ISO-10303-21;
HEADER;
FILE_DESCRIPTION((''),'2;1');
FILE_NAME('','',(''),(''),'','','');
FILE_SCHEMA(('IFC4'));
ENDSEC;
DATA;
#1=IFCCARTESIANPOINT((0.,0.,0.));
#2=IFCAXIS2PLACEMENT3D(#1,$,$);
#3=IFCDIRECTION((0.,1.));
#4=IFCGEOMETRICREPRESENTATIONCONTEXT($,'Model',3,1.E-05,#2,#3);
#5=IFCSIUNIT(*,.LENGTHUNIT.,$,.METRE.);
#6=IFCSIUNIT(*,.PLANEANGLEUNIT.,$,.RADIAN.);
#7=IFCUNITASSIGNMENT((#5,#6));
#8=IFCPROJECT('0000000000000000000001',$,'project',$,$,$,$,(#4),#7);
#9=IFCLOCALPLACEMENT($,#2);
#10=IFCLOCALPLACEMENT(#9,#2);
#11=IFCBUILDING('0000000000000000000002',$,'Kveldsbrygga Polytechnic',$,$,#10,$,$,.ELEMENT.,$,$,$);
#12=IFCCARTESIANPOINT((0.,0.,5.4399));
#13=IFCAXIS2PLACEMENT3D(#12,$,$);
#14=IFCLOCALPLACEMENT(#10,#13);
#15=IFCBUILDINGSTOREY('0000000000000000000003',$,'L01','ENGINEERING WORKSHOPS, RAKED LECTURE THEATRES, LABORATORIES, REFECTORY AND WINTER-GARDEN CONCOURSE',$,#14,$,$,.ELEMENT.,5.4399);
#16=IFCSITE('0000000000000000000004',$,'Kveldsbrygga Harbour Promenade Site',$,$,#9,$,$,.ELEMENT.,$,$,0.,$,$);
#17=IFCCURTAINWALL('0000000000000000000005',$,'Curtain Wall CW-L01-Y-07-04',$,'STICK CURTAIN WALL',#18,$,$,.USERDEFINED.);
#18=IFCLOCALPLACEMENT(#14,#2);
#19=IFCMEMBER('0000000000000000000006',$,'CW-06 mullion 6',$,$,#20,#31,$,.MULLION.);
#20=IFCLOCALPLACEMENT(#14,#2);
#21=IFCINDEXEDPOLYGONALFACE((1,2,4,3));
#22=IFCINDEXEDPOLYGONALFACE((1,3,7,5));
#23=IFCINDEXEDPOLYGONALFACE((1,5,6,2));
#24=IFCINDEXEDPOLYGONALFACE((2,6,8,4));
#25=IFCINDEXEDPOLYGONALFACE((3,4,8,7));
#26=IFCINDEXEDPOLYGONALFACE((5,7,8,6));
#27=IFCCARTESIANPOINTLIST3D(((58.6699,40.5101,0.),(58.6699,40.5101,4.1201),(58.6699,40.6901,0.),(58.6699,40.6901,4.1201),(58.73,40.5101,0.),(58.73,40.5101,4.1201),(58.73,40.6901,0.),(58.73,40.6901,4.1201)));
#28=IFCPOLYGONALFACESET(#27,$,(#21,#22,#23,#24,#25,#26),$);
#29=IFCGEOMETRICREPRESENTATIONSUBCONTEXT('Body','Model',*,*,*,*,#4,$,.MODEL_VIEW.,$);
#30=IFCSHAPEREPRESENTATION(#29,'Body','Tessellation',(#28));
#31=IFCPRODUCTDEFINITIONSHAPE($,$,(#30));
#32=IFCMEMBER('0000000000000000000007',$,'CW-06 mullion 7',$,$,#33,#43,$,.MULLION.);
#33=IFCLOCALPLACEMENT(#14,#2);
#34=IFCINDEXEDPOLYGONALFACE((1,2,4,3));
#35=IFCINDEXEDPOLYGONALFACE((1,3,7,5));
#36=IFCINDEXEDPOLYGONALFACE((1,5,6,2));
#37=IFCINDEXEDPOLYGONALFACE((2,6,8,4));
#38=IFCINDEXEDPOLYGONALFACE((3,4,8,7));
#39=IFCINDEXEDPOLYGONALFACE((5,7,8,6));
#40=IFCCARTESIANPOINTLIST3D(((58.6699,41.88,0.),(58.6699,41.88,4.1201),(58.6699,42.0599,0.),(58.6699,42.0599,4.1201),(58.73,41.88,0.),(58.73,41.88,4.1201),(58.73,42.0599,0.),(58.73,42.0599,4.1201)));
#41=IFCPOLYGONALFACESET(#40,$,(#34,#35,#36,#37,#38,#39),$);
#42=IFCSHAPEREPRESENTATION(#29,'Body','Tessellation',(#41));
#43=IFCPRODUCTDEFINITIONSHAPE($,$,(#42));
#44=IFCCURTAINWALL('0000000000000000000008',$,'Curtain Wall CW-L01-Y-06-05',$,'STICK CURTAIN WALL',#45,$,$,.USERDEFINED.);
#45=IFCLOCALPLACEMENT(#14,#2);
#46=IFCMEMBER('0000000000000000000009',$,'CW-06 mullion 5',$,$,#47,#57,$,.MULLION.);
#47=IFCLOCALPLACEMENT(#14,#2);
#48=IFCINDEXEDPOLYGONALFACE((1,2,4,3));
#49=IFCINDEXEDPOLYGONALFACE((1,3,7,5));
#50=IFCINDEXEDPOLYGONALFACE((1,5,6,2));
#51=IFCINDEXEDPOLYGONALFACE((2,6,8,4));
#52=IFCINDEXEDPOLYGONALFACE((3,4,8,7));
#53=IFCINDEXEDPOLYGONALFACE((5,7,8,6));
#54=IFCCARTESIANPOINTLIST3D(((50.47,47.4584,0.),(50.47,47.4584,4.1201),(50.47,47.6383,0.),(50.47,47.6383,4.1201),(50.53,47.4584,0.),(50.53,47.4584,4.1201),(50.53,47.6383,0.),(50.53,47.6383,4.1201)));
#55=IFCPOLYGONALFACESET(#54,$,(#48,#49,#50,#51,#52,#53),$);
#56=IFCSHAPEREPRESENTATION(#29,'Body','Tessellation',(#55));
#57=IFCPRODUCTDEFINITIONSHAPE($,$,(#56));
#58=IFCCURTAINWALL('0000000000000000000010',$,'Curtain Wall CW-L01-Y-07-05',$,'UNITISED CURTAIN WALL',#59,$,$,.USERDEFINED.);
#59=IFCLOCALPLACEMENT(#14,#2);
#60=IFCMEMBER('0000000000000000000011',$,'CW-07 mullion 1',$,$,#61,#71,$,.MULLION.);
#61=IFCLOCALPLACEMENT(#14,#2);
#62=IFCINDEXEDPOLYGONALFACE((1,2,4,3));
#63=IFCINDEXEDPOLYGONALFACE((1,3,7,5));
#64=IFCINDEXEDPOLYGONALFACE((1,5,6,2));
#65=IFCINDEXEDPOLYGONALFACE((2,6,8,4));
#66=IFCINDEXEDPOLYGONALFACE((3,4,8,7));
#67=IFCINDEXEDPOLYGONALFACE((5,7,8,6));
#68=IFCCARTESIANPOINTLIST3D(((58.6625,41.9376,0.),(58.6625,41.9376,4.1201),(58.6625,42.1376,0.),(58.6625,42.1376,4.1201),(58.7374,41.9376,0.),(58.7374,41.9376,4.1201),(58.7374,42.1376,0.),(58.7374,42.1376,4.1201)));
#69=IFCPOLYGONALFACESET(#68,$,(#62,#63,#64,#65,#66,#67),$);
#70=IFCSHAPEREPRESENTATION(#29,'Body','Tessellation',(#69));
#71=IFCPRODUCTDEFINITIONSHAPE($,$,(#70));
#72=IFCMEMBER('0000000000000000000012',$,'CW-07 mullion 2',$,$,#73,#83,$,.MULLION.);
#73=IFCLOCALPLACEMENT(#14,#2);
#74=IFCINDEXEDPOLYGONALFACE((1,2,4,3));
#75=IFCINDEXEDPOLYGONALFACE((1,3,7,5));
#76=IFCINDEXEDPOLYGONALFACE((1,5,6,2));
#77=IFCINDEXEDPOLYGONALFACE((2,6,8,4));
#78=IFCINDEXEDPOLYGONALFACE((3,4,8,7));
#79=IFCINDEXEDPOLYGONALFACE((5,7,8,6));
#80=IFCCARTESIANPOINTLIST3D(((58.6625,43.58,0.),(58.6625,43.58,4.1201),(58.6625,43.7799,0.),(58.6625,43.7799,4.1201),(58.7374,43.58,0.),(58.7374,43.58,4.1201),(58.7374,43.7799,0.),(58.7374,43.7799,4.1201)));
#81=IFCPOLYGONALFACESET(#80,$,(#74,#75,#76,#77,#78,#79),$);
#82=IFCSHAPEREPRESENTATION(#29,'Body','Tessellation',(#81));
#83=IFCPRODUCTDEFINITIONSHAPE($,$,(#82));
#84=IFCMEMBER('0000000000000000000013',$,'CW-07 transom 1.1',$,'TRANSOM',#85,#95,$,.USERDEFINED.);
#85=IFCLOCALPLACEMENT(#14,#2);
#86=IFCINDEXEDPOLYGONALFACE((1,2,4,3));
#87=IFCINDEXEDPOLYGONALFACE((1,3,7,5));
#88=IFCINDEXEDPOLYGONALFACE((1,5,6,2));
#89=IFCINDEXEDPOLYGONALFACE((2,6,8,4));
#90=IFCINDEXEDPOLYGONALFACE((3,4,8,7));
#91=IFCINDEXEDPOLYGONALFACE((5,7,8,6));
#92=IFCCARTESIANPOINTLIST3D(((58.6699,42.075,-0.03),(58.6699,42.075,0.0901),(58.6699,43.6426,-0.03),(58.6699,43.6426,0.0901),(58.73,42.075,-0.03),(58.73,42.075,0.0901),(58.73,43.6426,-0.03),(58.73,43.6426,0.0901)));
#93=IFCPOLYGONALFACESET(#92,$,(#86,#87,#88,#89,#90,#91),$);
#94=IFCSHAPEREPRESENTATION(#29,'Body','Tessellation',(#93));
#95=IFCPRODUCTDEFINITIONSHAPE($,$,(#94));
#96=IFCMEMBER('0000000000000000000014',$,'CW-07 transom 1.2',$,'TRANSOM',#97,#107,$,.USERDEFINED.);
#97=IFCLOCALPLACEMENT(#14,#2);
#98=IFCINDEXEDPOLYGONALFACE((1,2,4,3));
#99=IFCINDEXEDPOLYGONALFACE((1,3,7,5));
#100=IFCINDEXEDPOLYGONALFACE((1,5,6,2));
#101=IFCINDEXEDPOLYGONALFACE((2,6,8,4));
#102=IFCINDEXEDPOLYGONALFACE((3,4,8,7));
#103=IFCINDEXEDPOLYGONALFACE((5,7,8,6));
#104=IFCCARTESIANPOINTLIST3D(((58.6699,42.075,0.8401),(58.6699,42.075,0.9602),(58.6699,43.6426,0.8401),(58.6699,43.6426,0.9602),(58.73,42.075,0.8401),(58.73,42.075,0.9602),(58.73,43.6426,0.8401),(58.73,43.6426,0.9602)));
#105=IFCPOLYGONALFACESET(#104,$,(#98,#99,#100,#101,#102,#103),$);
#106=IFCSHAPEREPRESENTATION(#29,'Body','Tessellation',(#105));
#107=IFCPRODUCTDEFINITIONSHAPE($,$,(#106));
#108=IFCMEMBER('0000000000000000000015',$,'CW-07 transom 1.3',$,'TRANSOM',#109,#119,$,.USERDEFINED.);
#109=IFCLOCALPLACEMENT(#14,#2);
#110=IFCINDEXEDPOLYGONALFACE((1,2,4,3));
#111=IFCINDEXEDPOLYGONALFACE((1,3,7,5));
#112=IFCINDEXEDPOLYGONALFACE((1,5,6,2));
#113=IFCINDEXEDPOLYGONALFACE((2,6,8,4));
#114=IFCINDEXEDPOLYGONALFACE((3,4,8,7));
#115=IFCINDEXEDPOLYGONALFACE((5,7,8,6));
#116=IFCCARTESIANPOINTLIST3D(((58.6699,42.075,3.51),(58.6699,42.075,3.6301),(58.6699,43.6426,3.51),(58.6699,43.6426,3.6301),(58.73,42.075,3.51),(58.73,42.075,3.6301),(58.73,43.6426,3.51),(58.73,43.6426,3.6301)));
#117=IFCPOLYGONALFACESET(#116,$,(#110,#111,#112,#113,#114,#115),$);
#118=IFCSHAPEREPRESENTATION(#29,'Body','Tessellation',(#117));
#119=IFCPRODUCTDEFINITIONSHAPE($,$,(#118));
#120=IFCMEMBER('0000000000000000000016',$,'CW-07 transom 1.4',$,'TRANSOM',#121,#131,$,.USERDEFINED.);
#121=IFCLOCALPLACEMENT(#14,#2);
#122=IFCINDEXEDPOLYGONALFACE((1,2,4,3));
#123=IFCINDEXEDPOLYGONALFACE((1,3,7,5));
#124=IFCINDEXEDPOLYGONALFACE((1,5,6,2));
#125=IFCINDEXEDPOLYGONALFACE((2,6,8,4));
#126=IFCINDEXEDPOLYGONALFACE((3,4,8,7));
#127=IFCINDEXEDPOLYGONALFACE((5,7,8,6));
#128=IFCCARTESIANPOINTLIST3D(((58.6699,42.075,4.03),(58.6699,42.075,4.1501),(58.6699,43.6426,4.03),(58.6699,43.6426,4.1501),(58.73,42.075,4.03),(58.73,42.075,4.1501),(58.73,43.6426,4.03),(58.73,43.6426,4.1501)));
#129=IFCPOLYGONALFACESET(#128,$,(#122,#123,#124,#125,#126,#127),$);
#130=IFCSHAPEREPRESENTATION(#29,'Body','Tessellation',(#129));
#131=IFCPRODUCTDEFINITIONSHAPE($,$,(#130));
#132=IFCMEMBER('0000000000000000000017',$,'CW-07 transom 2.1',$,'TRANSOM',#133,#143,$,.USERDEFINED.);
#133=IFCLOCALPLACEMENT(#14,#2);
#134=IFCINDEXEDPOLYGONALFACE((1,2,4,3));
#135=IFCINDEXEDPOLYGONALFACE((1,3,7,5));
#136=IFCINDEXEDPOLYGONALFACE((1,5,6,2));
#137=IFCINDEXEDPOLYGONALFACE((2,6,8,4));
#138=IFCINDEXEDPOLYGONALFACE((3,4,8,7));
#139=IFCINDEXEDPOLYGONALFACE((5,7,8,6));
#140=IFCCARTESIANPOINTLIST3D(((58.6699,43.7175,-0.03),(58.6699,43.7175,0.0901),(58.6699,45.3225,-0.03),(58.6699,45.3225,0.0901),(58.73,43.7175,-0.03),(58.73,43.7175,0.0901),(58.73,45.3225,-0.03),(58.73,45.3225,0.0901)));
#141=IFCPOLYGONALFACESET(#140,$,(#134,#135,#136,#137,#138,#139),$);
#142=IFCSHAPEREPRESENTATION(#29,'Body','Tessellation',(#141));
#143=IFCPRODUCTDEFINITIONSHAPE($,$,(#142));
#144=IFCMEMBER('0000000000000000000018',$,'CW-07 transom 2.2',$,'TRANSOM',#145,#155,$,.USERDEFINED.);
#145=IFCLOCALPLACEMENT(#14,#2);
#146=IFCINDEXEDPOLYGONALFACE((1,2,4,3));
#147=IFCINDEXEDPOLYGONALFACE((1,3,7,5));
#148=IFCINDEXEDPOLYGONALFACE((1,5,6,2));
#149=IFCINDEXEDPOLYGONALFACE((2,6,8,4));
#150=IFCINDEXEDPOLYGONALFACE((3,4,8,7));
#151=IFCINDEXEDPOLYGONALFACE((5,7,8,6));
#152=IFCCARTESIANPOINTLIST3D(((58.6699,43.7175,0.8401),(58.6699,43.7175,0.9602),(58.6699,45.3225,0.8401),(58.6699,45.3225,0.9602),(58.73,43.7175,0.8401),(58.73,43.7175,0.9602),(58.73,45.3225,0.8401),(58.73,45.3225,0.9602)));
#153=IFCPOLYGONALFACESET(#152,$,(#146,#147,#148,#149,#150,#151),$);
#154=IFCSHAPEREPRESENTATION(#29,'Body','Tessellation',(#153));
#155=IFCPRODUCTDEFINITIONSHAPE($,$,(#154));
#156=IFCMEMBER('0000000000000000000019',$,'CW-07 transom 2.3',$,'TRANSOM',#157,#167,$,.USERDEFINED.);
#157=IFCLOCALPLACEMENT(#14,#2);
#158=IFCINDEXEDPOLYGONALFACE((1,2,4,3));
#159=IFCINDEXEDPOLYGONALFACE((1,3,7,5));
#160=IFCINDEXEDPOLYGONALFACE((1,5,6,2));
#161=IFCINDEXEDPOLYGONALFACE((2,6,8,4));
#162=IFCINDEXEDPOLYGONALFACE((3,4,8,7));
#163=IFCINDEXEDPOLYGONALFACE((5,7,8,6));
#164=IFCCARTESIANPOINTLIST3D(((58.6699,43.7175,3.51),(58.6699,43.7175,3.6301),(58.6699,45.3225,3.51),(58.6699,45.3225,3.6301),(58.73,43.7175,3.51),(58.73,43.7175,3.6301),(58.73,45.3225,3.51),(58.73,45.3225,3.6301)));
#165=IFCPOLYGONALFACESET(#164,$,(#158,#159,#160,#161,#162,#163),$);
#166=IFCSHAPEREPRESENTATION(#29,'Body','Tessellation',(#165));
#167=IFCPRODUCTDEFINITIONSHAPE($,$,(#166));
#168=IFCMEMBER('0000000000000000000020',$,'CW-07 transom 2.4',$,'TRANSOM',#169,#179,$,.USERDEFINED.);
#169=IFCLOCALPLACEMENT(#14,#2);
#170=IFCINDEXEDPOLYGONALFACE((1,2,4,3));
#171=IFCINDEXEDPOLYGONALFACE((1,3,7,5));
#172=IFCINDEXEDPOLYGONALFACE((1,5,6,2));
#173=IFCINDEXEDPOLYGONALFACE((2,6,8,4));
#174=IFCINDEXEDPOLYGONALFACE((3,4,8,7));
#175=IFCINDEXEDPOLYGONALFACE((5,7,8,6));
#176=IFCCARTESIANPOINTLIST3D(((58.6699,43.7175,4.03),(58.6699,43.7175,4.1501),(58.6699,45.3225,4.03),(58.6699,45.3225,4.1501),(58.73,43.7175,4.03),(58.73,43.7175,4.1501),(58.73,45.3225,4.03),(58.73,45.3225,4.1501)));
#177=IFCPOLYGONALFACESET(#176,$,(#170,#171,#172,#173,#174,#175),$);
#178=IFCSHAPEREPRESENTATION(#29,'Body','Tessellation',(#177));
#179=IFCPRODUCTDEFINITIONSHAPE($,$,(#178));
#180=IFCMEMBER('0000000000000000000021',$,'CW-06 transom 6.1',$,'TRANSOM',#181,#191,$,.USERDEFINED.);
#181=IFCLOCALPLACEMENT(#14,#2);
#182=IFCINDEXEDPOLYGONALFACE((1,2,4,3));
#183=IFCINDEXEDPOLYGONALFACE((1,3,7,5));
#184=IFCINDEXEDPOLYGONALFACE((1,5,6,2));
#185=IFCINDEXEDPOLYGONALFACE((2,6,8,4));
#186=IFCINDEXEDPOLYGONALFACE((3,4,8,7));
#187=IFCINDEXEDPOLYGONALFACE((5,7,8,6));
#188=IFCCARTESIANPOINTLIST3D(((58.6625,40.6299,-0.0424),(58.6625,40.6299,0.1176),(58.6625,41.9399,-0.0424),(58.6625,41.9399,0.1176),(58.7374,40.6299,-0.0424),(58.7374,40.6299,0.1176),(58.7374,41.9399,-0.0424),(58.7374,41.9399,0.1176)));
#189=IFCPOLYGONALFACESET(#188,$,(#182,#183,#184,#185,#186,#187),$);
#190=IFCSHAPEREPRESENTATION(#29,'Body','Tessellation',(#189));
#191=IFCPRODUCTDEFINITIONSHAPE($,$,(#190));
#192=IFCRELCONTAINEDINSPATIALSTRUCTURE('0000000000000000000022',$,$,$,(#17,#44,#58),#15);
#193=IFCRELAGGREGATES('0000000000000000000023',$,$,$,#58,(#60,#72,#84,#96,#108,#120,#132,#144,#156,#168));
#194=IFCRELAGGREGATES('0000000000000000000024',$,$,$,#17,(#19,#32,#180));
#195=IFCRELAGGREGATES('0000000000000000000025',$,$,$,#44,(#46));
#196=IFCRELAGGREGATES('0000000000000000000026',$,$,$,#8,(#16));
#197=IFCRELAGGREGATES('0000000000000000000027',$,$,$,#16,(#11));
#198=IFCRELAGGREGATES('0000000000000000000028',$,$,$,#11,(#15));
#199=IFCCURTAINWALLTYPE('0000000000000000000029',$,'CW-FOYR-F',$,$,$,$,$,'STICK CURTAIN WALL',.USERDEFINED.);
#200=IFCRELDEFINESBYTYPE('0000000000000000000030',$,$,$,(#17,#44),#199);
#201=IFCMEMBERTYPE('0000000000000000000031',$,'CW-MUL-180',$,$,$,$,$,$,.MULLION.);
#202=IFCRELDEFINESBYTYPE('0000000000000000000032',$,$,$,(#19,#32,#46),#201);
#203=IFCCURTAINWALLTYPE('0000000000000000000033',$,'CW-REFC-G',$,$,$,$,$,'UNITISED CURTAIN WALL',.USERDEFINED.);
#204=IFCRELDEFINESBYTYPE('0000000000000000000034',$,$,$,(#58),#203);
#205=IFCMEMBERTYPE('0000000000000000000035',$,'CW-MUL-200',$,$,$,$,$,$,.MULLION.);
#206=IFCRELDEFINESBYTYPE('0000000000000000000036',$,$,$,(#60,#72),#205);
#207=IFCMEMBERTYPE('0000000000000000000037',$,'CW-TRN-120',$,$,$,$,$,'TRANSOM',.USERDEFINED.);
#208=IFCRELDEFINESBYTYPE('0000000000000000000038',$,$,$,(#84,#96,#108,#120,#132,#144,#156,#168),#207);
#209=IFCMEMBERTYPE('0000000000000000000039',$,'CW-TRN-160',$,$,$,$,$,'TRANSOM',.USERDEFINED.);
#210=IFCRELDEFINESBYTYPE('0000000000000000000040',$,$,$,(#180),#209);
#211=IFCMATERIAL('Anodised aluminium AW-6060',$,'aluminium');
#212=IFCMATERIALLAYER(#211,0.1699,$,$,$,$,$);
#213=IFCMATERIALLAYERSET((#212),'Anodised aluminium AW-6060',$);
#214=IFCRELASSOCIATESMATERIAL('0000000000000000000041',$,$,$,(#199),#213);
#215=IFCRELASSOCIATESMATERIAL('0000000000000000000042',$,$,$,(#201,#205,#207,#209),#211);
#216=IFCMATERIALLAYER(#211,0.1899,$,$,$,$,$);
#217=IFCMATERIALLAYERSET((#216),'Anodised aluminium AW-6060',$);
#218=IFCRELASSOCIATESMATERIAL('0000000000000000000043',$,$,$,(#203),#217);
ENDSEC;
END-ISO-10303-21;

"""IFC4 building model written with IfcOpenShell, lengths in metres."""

from ifc_helpers import new_model, si_unit, direction, frame, origin, origin_2d, place, context, subcontext, project, spatial, rectangle, extrude, material, layer, layer_set, material_profile, profile_set, type_object, element, aggregate, save


model = new_model("IFC4")

# Units and contexts
model_context = context("Model", 3, precision=1e-05, world=origin(), true_north=direction((0.0, 1.0)))
body_context = subcontext(model_context, "Body", "Model", "MODEL_VIEW")
ifc_project = project(units=[si_unit("LENGTHUNIT", "METRE"), si_unit("PLANEANGLEUNIT", "RADIAN")], contexts=[model_context])

# Site, building, storey
site_placement = place(None, origin())
site = spatial("IfcSite", under=ifc_project, at=site_placement, Name="Kveldsbrygga Harbour Promenade Site", CompositionType="ELEMENT", RefElevation=0.0)
building_placement = place(site_placement, origin())
building = spatial("IfcBuilding", under=site, at=building_placement, Name="Kveldsbrygga Polytechnic", CompositionType="ELEMENT")
storey_placement = place(building_placement, frame((0.0, 0.0, 5.4399)))
storey = spatial("IfcBuildingStorey", under=building, at=storey_placement, Name="L01", Description="ENGINEERING WORKSHOPS, RAKED LECTURE THEATRES, LABORATORIES, REFECTORY AND WINTER-GARDEN CONCOURSE", CompositionType="ELEMENT", Elevation=5.4399)

# Curtain wall, members
ifc_material_1 = material(Name="Anodised aluminium AW-6060", Category="aluminium")
ifc_layer_1 = layer(ifc_material_1, 0.1699)
ifc_layer_set_1 = layer_set([ifc_layer_1], Name="Anodised aluminium AW-6060")
curtain_wall_type_1 = type_object("IfcCurtainWallType", Name="CW-FOYR-F", ElementType="STICK CURTAIN WALL", PredefinedType="USERDEFINED", material=ifc_layer_set_1)
curtain_wall_1_placement = place(storey_placement, origin())
curtain_wall_1 = element("IfcCurtainWall", 1, at=curtain_wall_1_placement, inside=storey, type_object=curtain_wall_type_1, Name="Curtain Wall CW-L01-Y-07-04", ObjectType="STICK CURTAIN WALL", PredefinedType="USERDEFINED")
ifc_material_profile_1 = material_profile(ifc_material_1, rectangle(XDim=0.0601, YDim=0.1799, at=origin_2d()), Name="ALU 60x180")
ifc_profile_set_1 = profile_set([ifc_material_profile_1], Name="Anodised aluminium AW-6060")
member_type_1 = type_object("IfcMemberType", Name="CW-MUL-180", PredefinedType="MULLION", material=ifc_profile_set_1)
member_1_placement = place(storey_placement, frame((58.7, 40.6001, 0.0), z_axis=(0.0, 0.0, 1.0), x_axis=(-1.0, 0.0, 0.0)))
member_1 = element("IfcMember", 2, at=member_1_placement, type_object=member_type_1, Name="CW-06 mullion 6", PredefinedType="MULLION", context=body_context, shape_type="SweptSolid", body=[
    extrude(rectangle(XDim=0.0601, YDim=0.1799, at=origin_2d()), origin(), (0.0, 0.0, 1.0), 4.1201),
])
member_2_placement = place(storey_placement, frame((58.7, 41.97, 0.0), z_axis=(0.0, 0.0, 1.0), x_axis=(-1.0, 0.0, 0.0)))
member_2 = element("IfcMember", 3, at=member_2_placement, type_object=member_type_1, Name="CW-06 mullion 7", PredefinedType="MULLION", context=body_context, shape_type="SweptSolid", body=[
    extrude(rectangle(XDim=0.0601, YDim=0.1799, at=origin_2d()), origin(), (0.0, 0.0, 1.0), 4.1201),
])

# Curtain wall, member
curtain_wall_2_placement = place(storey_placement, origin())
curtain_wall_2 = element("IfcCurtainWall", 4, at=curtain_wall_2_placement, inside=storey, type_object=curtain_wall_type_1, Name="Curtain Wall CW-L01-Y-06-05", ObjectType="STICK CURTAIN WALL", PredefinedType="USERDEFINED")
member_3_placement = place(storey_placement, frame((50.5, 47.5483, 0.0), z_axis=(0.0, 0.0, 1.0), x_axis=(-1.0, 0.0, 0.0)))
member_3 = element("IfcMember", 5, at=member_3_placement, type_object=member_type_1, Name="CW-06 mullion 5", PredefinedType="MULLION", context=body_context, shape_type="SweptSolid", body=[
    extrude(rectangle(XDim=0.0601, YDim=0.1799, at=origin_2d()), origin(), (0.0, 0.0, 1.0), 4.1201),
])

# Curtain wall, members
ifc_layer_2 = layer(ifc_material_1, 0.1899)
ifc_layer_set_2 = layer_set([ifc_layer_2], Name="Anodised aluminium AW-6060")
curtain_wall_type_2 = type_object("IfcCurtainWallType", Name="CW-REFC-G", ElementType="UNITISED CURTAIN WALL", PredefinedType="USERDEFINED", material=ifc_layer_set_2)
curtain_wall_3_placement = place(storey_placement, origin())
curtain_wall_3 = element("IfcCurtainWall", 6, at=curtain_wall_3_placement, inside=storey, type_object=curtain_wall_type_2, Name="Curtain Wall CW-L01-Y-07-05", ObjectType="UNITISED CURTAIN WALL", PredefinedType="USERDEFINED")
ifc_material_profile_2 = material_profile(ifc_material_1, rectangle(XDim=0.075, YDim=0.2, at=origin_2d()), Name="ALU 75x200")
ifc_profile_set_2 = profile_set([ifc_material_profile_2], Name="Anodised aluminium AW-6060")
member_type_2 = type_object("IfcMemberType", Name="CW-MUL-200", PredefinedType="MULLION", material=ifc_profile_set_2)
member_4_placement = place(storey_placement, frame((58.7, 42.0376, 0.0), z_axis=(0.0, 0.0, 1.0), x_axis=(-1.0, 0.0, 0.0)))
member_4 = element("IfcMember", 7, at=member_4_placement, type_object=member_type_2, Name="CW-07 mullion 1", PredefinedType="MULLION", context=body_context, shape_type="SweptSolid", body=[
    extrude(rectangle(XDim=0.075, YDim=0.2, at=origin_2d()), origin(), (0.0, 0.0, 1.0), 4.1201),
])
member_5_placement = place(storey_placement, frame((58.7, 43.6799, 0.0), z_axis=(0.0, 0.0, 1.0), x_axis=(-1.0, 0.0, 0.0)))
member_5 = element("IfcMember", 8, at=member_5_placement, type_object=member_type_2, Name="CW-07 mullion 2", PredefinedType="MULLION", context=body_context, shape_type="SweptSolid", body=[
    extrude(rectangle(XDim=0.075, YDim=0.2, at=origin_2d()), origin(), (0.0, 0.0, 1.0), 4.1201),
])
ifc_material_profile_3 = material_profile(ifc_material_1, rectangle(XDim=0.0601, YDim=0.1201, at=origin_2d()), Name="ALU 60x120")
ifc_profile_set_3 = profile_set([ifc_material_profile_3], Name="Anodised aluminium AW-6060")
member_type_3 = type_object("IfcMemberType", Name="CW-TRN-120", ElementType="TRANSOM", PredefinedType="USERDEFINED", material=ifc_profile_set_3)
member_6_placement = place(storey_placement, frame((58.7, 42.075, 0.03), z_axis=(0.0, 1.0, 0.0), x_axis=(-1.0, 0.0, 0.0)))
member_6 = element("IfcMember", 9, at=member_6_placement, type_object=member_type_3, Name="CW-07 transom 1.1", ObjectType="TRANSOM", PredefinedType="USERDEFINED", context=body_context, shape_type="SweptSolid", body=[
    extrude(rectangle(XDim=0.0601, YDim=0.1201, at=origin_2d()), origin(), (0.0, 0.0, 1.0), 1.5676),
])
member_7_placement = place(storey_placement, frame((58.7, 42.075, 0.9001), z_axis=(0.0, 1.0, 0.0), x_axis=(-1.0, 0.0, 0.0)))
member_7 = element("IfcMember", 10, at=member_7_placement, type_object=member_type_3, Name="CW-07 transom 1.2", ObjectType="TRANSOM", PredefinedType="USERDEFINED", context=body_context, shape_type="SweptSolid", body=[
    extrude(rectangle(XDim=0.0601, YDim=0.1201, at=origin_2d()), origin(), (0.0, 0.0, 1.0), 1.5676),
])
member_8_placement = place(storey_placement, frame((58.7, 42.075, 3.5701), z_axis=(0.0, 1.0, 0.0), x_axis=(-1.0, 0.0, 0.0)))
member_8 = element("IfcMember", 11, at=member_8_placement, type_object=member_type_3, Name="CW-07 transom 1.3", ObjectType="TRANSOM", PredefinedType="USERDEFINED", context=body_context, shape_type="SweptSolid", body=[
    extrude(rectangle(XDim=0.0601, YDim=0.1201, at=origin_2d()), origin(), (0.0, 0.0, 1.0), 1.5676),
])
member_9_placement = place(storey_placement, frame((58.7, 42.075, 4.0901), z_axis=(0.0, 1.0, 0.0), x_axis=(-1.0, 0.0, 0.0)))
member_9 = element("IfcMember", 12, at=member_9_placement, type_object=member_type_3, Name="CW-07 transom 1.4", ObjectType="TRANSOM", PredefinedType="USERDEFINED", context=body_context, shape_type="SweptSolid", body=[
    extrude(rectangle(XDim=0.0601, YDim=0.1201, at=origin_2d()), origin(), (0.0, 0.0, 1.0), 1.5676),
])
member_10_placement = place(storey_placement, frame((58.7, 43.7175, 0.03), z_axis=(0.0, 1.0, 0.0), x_axis=(-1.0, 0.0, 0.0)))
member_10 = element("IfcMember", 13, at=member_10_placement, type_object=member_type_3, Name="CW-07 transom 2.1", ObjectType="TRANSOM", PredefinedType="USERDEFINED", context=body_context, shape_type="SweptSolid", body=[
    extrude(rectangle(XDim=0.0601, YDim=0.1201, at=origin_2d()), origin(), (0.0, 0.0, 1.0), 1.605),
])
member_11_placement = place(storey_placement, frame((58.7, 43.7175, 0.9001), z_axis=(0.0, 1.0, 0.0), x_axis=(-1.0, 0.0, 0.0)))
member_11 = element("IfcMember", 14, at=member_11_placement, type_object=member_type_3, Name="CW-07 transom 2.2", ObjectType="TRANSOM", PredefinedType="USERDEFINED", context=body_context, shape_type="SweptSolid", body=[
    extrude(rectangle(XDim=0.0601, YDim=0.1201, at=origin_2d()), origin(), (0.0, 0.0, 1.0), 1.605),
])
member_12_placement = place(storey_placement, frame((58.7, 43.7175, 3.5701), z_axis=(0.0, 1.0, 0.0), x_axis=(-1.0, 0.0, 0.0)))
member_12 = element("IfcMember", 15, at=member_12_placement, type_object=member_type_3, Name="CW-07 transom 2.3", ObjectType="TRANSOM", PredefinedType="USERDEFINED", context=body_context, shape_type="SweptSolid", body=[
    extrude(rectangle(XDim=0.0601, YDim=0.1201, at=origin_2d()), origin(), (0.0, 0.0, 1.0), 1.605),
])
member_13_placement = place(storey_placement, frame((58.7, 43.7175, 4.0901), z_axis=(0.0, 1.0, 0.0), x_axis=(-1.0, 0.0, 0.0)))
member_13 = element("IfcMember", 16, at=member_13_placement, type_object=member_type_3, Name="CW-07 transom 2.4", ObjectType="TRANSOM", PredefinedType="USERDEFINED", context=body_context, shape_type="SweptSolid", body=[
    extrude(rectangle(XDim=0.0601, YDim=0.1201, at=origin_2d()), origin(), (0.0, 0.0, 1.0), 1.605),
])

# Member
ifc_material_profile_4 = material_profile(ifc_material_1, rectangle(XDim=0.075, YDim=0.1599, at=origin_2d()), Name="ALU 75x160")
ifc_profile_set_4 = profile_set([ifc_material_profile_4], Name="Anodised aluminium AW-6060")
member_type_4 = type_object("IfcMemberType", Name="CW-TRN-160", ElementType="TRANSOM", PredefinedType="USERDEFINED", material=ifc_profile_set_4)
member_14_placement = place(storey_placement, frame((58.7, 40.6299, 0.0376), z_axis=(0.0, 1.0, 0.0), x_axis=(-1.0, 0.0, 0.0)))
member_14 = element("IfcMember", 17, at=member_14_placement, type_object=member_type_4, Name="CW-06 transom 6.1", ObjectType="TRANSOM", PredefinedType="USERDEFINED", context=body_context, shape_type="SweptSolid", body=[
    extrude(rectangle(XDim=0.075, YDim=0.1599, at=origin_2d()), origin(), (0.0, 0.0, 1.0), 1.3101),
])

aggregate(curtain_wall_3, [member_4, member_5, member_6, member_7, member_8, member_9, member_10, member_11, member_12, member_13])
aggregate(curtain_wall_1, [member_1, member_2, member_14])
aggregate(curtain_wall_2, [member_3])

save(model, "model.ifc")
